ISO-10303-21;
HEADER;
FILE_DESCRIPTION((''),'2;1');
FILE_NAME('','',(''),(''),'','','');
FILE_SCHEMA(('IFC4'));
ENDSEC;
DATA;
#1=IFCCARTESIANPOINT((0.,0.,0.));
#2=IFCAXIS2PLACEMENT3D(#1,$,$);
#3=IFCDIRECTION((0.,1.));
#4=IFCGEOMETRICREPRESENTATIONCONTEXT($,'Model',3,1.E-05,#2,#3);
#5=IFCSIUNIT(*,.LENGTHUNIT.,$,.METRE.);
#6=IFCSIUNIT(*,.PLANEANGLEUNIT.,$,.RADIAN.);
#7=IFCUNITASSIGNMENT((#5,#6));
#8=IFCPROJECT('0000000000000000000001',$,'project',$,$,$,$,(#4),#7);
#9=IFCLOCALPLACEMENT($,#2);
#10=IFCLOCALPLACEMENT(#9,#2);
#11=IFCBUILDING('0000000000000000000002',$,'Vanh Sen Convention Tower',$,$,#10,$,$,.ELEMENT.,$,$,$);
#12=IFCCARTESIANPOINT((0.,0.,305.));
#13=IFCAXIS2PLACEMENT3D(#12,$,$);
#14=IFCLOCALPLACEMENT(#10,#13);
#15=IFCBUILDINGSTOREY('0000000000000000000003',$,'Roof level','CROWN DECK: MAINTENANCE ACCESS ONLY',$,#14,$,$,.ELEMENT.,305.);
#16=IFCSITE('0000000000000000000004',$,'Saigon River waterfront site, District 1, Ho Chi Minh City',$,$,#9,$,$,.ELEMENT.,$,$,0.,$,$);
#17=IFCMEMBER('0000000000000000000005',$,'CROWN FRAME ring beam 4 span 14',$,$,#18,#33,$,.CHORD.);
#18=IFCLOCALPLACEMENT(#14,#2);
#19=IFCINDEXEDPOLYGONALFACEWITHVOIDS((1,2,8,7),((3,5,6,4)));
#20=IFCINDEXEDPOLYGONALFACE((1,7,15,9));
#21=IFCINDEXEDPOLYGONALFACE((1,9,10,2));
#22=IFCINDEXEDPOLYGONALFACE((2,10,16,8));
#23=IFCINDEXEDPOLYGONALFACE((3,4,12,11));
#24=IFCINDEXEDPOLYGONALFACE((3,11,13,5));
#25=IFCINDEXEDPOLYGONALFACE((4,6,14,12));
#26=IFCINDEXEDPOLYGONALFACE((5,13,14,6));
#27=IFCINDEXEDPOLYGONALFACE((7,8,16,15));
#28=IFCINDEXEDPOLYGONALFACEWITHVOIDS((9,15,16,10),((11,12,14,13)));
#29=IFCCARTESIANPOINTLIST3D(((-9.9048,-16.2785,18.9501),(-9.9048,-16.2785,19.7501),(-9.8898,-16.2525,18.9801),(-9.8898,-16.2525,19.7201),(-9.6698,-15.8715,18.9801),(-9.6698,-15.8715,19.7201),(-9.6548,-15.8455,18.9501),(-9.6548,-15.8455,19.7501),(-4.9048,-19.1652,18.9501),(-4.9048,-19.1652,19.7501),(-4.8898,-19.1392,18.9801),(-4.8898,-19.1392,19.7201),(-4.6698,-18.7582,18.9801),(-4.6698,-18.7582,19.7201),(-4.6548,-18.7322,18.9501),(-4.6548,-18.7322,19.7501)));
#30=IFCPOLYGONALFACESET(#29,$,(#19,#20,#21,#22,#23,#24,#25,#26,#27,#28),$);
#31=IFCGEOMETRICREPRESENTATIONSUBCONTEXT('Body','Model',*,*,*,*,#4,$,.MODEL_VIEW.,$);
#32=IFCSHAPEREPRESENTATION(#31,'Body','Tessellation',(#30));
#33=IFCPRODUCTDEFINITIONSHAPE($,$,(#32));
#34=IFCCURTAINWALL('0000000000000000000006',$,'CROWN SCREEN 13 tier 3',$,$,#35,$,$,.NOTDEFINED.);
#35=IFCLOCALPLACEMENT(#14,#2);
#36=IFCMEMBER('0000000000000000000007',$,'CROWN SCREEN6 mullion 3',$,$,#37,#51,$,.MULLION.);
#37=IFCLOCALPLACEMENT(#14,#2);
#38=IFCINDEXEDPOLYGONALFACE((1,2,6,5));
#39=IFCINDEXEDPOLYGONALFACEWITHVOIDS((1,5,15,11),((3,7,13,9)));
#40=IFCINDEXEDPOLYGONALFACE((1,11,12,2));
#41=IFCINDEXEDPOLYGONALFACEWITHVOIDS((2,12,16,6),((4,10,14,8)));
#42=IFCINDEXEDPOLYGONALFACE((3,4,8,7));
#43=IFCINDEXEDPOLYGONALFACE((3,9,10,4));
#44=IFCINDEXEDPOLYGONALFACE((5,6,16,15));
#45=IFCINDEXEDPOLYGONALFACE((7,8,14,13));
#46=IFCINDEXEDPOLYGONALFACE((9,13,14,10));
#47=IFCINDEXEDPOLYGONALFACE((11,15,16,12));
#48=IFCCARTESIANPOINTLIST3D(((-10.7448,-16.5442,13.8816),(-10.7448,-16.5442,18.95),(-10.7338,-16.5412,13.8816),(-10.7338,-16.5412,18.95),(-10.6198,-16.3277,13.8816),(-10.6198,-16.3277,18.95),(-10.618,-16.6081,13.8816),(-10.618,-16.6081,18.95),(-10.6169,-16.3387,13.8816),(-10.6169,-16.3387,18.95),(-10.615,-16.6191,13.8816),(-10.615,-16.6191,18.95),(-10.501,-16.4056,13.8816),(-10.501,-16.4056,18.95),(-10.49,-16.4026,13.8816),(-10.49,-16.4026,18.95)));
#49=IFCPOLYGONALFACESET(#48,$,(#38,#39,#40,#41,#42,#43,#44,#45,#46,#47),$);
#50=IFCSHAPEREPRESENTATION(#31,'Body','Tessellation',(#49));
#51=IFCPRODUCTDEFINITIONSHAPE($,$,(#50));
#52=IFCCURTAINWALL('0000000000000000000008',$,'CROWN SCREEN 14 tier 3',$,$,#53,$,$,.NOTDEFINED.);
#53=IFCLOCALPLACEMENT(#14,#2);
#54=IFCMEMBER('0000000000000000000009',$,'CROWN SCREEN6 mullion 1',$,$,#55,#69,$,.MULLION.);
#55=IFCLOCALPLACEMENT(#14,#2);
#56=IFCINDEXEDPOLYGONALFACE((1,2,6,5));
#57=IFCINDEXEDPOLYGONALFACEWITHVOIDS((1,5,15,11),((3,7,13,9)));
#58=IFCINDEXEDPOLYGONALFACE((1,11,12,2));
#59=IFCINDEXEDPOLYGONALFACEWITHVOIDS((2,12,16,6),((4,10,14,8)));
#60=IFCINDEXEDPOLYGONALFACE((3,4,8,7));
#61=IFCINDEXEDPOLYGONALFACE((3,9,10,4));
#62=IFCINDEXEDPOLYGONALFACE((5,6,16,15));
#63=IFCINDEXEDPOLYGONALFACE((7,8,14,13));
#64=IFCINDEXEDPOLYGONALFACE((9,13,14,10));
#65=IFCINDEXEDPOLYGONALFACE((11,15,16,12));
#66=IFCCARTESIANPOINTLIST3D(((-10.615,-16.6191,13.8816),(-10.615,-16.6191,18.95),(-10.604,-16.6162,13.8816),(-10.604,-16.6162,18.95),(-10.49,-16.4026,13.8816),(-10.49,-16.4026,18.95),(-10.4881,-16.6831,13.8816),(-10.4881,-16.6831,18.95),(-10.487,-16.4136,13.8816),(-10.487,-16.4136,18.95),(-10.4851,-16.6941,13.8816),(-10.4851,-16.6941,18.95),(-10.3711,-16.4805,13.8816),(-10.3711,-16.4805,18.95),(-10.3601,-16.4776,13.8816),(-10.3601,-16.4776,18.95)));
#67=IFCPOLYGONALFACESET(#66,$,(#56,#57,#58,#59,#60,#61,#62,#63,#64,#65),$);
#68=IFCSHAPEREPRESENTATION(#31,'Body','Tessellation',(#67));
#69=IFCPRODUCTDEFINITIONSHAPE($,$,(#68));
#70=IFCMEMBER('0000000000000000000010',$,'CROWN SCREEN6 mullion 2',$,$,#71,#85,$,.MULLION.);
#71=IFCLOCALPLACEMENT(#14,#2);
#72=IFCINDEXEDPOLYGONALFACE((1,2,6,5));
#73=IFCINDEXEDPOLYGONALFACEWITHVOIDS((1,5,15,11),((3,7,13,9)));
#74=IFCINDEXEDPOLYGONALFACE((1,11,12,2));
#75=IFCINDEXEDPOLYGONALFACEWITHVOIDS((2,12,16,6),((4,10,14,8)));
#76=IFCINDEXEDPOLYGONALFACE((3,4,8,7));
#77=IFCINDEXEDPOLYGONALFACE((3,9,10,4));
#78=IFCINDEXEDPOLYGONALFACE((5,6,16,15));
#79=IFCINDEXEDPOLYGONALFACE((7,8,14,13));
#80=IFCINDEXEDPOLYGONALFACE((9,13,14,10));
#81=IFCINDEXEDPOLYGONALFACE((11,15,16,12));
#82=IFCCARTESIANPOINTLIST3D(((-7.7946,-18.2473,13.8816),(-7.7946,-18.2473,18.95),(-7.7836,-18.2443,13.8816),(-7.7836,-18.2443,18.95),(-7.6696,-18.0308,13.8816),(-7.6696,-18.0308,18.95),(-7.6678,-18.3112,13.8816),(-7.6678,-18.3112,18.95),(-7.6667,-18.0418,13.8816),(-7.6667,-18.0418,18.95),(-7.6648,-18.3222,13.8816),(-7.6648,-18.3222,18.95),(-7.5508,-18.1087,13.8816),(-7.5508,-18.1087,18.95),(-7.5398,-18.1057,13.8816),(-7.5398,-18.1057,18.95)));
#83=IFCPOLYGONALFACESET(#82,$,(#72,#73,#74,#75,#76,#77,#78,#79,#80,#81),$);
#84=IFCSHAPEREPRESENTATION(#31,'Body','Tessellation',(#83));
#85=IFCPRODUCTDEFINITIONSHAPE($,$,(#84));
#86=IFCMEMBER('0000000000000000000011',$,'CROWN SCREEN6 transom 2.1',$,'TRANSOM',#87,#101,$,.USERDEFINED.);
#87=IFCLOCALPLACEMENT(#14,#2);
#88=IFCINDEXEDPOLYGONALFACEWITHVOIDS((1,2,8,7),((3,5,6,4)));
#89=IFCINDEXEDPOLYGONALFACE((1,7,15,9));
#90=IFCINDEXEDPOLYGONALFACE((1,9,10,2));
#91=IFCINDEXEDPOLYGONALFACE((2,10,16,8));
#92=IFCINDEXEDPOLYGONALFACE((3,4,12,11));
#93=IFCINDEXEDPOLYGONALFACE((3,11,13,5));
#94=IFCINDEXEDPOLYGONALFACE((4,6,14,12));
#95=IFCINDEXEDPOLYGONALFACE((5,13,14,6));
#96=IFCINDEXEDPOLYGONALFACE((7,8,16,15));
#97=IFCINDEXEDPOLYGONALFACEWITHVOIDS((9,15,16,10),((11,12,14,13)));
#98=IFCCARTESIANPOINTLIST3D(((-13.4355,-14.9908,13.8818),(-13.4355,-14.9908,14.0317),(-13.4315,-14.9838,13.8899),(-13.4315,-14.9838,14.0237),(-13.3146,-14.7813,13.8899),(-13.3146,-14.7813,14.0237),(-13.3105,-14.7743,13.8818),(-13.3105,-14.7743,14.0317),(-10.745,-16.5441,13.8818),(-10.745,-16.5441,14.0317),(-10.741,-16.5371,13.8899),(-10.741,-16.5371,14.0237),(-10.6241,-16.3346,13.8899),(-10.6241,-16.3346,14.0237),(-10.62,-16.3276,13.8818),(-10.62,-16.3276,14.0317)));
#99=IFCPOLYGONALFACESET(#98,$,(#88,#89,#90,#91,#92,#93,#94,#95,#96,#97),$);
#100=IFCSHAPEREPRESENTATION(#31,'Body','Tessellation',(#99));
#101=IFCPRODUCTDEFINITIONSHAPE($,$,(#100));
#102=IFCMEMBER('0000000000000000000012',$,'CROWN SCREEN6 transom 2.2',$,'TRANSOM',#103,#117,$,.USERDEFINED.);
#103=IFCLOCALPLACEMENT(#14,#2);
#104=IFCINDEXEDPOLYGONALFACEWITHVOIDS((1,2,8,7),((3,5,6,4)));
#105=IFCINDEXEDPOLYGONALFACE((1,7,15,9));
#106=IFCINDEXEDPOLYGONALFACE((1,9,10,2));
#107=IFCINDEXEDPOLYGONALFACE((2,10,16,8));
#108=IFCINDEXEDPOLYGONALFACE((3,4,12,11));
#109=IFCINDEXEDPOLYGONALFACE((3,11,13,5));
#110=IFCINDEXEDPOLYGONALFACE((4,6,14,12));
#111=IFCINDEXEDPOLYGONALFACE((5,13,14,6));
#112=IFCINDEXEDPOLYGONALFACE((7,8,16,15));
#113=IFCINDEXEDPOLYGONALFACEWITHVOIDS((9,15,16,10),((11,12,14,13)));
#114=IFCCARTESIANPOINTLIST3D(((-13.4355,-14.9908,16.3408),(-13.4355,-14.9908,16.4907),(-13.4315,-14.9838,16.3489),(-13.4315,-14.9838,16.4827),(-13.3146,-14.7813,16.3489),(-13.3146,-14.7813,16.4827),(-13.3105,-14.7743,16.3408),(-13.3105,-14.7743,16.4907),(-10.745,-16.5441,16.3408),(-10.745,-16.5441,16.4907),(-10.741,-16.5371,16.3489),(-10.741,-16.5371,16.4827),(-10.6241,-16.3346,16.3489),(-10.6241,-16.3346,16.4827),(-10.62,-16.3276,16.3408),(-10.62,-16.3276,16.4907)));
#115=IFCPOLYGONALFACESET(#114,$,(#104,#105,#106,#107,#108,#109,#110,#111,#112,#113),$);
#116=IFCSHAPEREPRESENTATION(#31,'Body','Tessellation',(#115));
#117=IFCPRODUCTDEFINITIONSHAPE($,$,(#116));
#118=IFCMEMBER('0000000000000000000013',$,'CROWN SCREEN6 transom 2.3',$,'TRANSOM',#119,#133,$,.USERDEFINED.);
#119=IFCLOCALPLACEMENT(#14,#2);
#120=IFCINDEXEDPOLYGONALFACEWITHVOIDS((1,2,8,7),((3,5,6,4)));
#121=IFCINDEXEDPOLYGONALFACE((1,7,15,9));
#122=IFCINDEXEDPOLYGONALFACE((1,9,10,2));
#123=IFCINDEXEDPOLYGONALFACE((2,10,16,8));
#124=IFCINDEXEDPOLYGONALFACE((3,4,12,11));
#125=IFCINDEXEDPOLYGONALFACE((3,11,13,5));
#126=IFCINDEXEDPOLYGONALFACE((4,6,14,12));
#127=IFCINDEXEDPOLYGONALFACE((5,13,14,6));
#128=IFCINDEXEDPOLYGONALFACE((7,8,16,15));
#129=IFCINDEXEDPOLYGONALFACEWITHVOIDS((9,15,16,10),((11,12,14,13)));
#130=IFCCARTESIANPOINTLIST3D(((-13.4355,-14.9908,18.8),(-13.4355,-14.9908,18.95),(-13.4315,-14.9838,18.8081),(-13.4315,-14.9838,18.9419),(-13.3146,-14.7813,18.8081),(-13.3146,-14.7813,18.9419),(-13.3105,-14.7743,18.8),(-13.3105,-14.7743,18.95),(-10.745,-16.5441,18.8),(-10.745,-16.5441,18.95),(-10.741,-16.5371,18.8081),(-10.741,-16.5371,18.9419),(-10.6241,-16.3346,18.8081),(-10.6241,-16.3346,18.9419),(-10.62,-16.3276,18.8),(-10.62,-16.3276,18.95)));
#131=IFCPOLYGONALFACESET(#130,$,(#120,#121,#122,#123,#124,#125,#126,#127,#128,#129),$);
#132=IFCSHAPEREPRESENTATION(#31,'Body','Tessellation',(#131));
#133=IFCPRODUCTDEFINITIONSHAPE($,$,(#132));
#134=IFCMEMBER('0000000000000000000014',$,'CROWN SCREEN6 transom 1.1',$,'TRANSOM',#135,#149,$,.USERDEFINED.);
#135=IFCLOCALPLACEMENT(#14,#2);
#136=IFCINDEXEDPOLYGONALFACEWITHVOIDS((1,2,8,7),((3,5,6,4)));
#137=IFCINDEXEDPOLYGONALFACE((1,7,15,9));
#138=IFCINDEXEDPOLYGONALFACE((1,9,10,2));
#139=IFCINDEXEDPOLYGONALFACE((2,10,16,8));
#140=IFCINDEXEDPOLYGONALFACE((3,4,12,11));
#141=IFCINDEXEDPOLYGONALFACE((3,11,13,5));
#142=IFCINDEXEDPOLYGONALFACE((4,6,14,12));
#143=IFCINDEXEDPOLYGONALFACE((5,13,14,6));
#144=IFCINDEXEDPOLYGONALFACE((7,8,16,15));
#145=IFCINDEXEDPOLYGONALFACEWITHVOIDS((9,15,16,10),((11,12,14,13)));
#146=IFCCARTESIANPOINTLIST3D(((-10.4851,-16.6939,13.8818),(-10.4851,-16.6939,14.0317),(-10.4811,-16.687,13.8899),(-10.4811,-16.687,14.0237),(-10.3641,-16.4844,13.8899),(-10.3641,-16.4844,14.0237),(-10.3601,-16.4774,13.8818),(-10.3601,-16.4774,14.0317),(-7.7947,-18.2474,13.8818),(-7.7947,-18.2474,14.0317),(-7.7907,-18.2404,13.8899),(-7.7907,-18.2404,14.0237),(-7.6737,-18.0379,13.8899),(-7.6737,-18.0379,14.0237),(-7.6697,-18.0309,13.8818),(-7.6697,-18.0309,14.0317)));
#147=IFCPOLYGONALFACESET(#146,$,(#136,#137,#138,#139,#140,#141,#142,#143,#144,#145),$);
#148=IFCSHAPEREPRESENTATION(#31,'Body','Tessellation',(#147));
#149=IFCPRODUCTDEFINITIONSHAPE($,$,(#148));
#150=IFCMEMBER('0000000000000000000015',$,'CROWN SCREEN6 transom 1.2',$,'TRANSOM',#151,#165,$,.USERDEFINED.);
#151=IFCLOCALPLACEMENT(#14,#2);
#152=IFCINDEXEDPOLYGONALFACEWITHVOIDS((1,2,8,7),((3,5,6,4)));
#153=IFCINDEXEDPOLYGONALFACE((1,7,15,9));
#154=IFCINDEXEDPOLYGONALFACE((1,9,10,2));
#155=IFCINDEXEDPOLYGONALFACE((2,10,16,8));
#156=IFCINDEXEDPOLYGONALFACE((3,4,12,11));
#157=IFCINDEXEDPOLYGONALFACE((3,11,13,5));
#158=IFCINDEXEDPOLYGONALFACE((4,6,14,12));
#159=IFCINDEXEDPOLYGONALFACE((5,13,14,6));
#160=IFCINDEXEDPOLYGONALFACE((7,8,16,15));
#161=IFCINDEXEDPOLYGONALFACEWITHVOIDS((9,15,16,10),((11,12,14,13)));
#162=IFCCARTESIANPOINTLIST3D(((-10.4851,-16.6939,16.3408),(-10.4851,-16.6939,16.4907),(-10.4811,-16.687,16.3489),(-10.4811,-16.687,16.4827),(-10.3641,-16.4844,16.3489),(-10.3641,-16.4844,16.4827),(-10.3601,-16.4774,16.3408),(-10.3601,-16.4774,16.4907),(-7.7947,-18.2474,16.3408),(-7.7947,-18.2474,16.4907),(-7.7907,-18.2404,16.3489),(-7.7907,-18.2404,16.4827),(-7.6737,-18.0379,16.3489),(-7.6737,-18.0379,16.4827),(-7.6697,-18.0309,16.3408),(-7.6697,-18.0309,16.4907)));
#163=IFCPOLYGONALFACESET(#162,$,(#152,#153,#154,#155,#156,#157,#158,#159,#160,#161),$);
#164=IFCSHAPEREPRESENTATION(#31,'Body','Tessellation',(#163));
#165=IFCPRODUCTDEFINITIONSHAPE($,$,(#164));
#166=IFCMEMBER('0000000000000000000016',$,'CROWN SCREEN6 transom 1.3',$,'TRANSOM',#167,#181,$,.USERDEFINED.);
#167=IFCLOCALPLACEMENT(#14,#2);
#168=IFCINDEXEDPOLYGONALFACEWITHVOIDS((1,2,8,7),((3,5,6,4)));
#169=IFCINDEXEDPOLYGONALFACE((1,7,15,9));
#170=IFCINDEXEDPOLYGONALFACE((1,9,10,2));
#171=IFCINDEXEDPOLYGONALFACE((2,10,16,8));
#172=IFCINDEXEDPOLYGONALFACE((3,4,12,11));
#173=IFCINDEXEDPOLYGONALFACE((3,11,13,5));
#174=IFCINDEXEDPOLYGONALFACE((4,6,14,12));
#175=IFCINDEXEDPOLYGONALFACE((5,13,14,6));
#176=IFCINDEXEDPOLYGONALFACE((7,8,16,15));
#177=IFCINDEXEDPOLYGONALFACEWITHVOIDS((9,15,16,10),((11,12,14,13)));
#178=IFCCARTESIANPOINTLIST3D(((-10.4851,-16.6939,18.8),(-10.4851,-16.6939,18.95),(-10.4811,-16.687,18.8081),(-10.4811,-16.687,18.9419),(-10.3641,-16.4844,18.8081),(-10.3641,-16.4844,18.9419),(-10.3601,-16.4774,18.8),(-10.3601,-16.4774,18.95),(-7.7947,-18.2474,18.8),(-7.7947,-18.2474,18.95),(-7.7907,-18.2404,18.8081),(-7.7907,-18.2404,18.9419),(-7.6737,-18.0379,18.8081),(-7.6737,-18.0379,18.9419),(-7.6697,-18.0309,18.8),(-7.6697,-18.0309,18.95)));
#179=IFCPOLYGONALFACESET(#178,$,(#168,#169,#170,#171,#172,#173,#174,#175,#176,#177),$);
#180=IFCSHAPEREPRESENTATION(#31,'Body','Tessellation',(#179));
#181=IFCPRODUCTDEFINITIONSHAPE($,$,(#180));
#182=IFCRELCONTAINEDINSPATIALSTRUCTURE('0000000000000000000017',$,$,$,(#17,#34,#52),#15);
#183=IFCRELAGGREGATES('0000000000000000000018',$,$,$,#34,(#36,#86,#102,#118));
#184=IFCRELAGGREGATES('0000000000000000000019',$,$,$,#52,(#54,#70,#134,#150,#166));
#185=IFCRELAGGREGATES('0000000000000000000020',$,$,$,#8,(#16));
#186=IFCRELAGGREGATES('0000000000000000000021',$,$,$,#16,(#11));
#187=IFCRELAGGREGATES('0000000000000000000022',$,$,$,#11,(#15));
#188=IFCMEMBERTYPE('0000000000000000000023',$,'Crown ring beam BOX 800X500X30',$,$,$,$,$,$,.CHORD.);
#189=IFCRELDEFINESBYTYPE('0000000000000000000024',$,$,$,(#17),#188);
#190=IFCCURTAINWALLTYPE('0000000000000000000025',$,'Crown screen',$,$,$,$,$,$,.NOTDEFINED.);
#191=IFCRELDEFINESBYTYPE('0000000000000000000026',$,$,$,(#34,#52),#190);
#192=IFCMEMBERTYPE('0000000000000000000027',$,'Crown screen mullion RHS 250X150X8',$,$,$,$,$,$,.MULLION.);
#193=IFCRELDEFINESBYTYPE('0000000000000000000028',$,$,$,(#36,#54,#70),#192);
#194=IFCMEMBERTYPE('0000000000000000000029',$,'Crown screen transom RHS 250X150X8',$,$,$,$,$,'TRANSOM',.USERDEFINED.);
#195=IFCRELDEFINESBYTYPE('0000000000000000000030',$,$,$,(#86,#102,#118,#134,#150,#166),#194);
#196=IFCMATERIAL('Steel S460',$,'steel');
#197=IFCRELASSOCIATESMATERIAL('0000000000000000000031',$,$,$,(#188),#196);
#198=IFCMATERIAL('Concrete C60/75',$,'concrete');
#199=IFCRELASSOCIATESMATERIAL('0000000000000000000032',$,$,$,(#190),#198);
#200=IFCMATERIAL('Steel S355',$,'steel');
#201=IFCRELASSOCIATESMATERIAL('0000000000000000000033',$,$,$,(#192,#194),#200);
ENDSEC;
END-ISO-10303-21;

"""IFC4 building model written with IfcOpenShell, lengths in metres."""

from ifc_helpers import new_model, si_unit, direction, frame, origin, origin_2d, place, context, subcontext, project, spatial, hollow_rectangle, extrude, material, material_profile, profile_set, type_object, element, aggregate, save


model = new_model("IFC4")

# Units and contexts
model_context = context("Model", 3, precision=1e-05, world=origin(), true_north=direction((0.0, 1.0)))
body_context = subcontext(model_context, "Body", "Model", "MODEL_VIEW")
ifc_project = project(units=[si_unit("LENGTHUNIT", "METRE"), si_unit("PLANEANGLEUNIT", "RADIAN")], contexts=[model_context])

# Site, building, storey
site_placement = place(None, origin())
site = spatial("IfcSite", under=ifc_project, at=site_placement, Name="Saigon River waterfront site, District 1, Ho Chi Minh City", CompositionType="ELEMENT", RefElevation=0.0)
building_placement = place(site_placement, origin())
building = spatial("IfcBuilding", under=site, at=building_placement, Name="Vanh Sen Convention Tower", CompositionType="ELEMENT")
storey_placement = place(building_placement, frame((0.0, 0.0, 305.0)))
storey = spatial("IfcBuildingStorey", under=building, at=storey_placement, Name="Roof level", Description="CROWN DECK: MAINTENANCE ACCESS ONLY", CompositionType="ELEMENT", Elevation=305.0)

# Member
ifc_material_1 = material(Name="Steel S460", Category="steel")
ifc_material_profile_1 = material_profile(ifc_material_1, hollow_rectangle(XDim=0.5, YDim=0.8, WallThickness=0.03, at=origin_2d()), Name="BOX 800X500X30")
ifc_profile_set_1 = profile_set([ifc_material_profile_1], Name="Steel S460")
member_type_1 = type_object("IfcMemberType", Name="Crown ring beam BOX 800X500X30", PredefinedType="CHORD", material=ifc_profile_set_1)
member_1_placement = place(storey_placement, frame((-9.7798, -16.062, 19.3501), z_axis=(0.866028, -0.499996, 0.0), x_axis=(0.499996, 0.866028, 0.0)))
element("IfcMember", 1, at=member_1_placement, inside=storey, type_object=member_type_1, Name="CROWN FRAME ring beam 4 span 14", PredefinedType="CHORD", context=body_context, shape_type="SweptSolid", body=[
    extrude(hollow_rectangle(XDim=0.5, YDim=0.8, WallThickness=0.03, at=origin_2d()), origin(), (0.0, 0.0, 1.0), 5.7734),
])

# Curtain wall, member
ifc_material_2 = material(Name="Concrete C60/75", Category="concrete")
curtain_wall_type = type_object("IfcCurtainWallType", Name="Crown screen", PredefinedType="NOTDEFINED", material=ifc_material_2)
curtain_wall_1_placement = place(storey_placement, origin())
curtain_wall_1 = element("IfcCurtainWall", 2, at=curtain_wall_1_placement, inside=storey, type_object=curtain_wall_type, Name="CROWN SCREEN 13 tier 3", PredefinedType="NOTDEFINED")
ifc_material_3 = material(Name="Steel S355", Category="steel")
ifc_material_profile_2 = material_profile(ifc_material_3, hollow_rectangle(XDim=0.25, YDim=0.1499, WallThickness=0.0081, at=origin_2d()), Name="RHS 250X150X8")
ifc_profile_set_2 = profile_set([ifc_material_profile_2], Name="Steel S355")
member_type_2 = type_object("IfcMemberType", Name="Crown screen mullion RHS 250X150X8", PredefinedType="MULLION", material=ifc_profile_set_2)
member_2_placement = place(storey_placement, frame((-10.6174, -16.4734, 13.8816), z_axis=(0.0, 0.0, 1.0), x_axis=(0.500005, 0.866023, 0.0)))
member_2 = element("IfcMember", 3, at=member_2_placement, type_object=member_type_2, Name="CROWN SCREEN6 mullion 3", PredefinedType="MULLION", context=body_context, shape_type="SweptSolid", body=[
    extrude(hollow_rectangle(XDim=0.25, YDim=0.1499, WallThickness=0.0081, at=origin_2d()), origin(), (0.0, 0.0, 1.0), 5.0684),
])

# Curtain wall, members
curtain_wall_2_placement = place(storey_placement, origin())
curtain_wall_2 = element("IfcCurtainWall", 4, at=curtain_wall_2_placement, inside=storey, type_object=curtain_wall_type, Name="CROWN SCREEN 14 tier 3", PredefinedType="NOTDEFINED")
member_3_placement = place(storey_placement, frame((-10.4875, -16.5483, 13.8816), z_axis=(0.0, 0.0, 1.0), x_axis=(0.499994, 0.866029, 0.0)))
member_3 = element("IfcMember", 5, at=member_3_placement, type_object=member_type_2, Name="CROWN SCREEN6 mullion 1", PredefinedType="MULLION", context=body_context, shape_type="SweptSolid", body=[
    extrude(hollow_rectangle(XDim=0.25, YDim=0.1499, WallThickness=0.0081, at=origin_2d()), origin(), (0.0, 0.0, 1.0), 5.0684),
])
member_4_placement = place(storey_placement, frame((-7.6672, -18.1765, 13.8816), z_axis=(0.0, 0.0, 1.0), x_axis=(0.499994, 0.866029, 0.0)))
member_4 = element("IfcMember", 6, at=member_4_placement, type_object=member_type_2, Name="CROWN SCREEN6 mullion 2", PredefinedType="MULLION", context=body_context, shape_type="SweptSolid", body=[
    extrude(hollow_rectangle(XDim=0.25, YDim=0.1499, WallThickness=0.0081, at=origin_2d()), origin(), (0.0, 0.0, 1.0), 5.0684),
])

# Members
ifc_material_profile_3 = material_profile(ifc_material_3, hollow_rectangle(XDim=0.25, YDim=0.1499, WallThickness=0.0081, at=origin_2d()), Name="RHS 250X150X8")
ifc_profile_set_3 = profile_set([ifc_material_profile_3], Name="Steel S355")
member_type_3 = type_object("IfcMemberType", Name="Crown screen transom RHS 250X150X8", ElementType="TRANSOM", PredefinedType="USERDEFINED", material=ifc_profile_set_3)
member_5_placement = place(storey_placement, frame((-13.373, -14.8826, 13.9568), z_axis=(0.866039, -0.499976, 0.0), x_axis=(0.499976, 0.866039, 0.0)))
member_5 = element("IfcMember", 7, at=member_5_placement, type_object=member_type_3, Name="CROWN SCREEN6 transom 2.1", ObjectType="TRANSOM", PredefinedType="USERDEFINED", context=body_context, shape_type="SweptSolid", body=[
    extrude(hollow_rectangle(XDim=0.25, YDim=0.1499, WallThickness=0.0081, at=origin_2d()), origin(), (0.0, 0.0, 1.0), 3.1067),
])
member_6_placement = place(storey_placement, frame((-13.373, -14.8826, 16.4158), z_axis=(0.866039, -0.499976, 0.0), x_axis=(0.499976, 0.866039, 0.0)))
member_6 = element("IfcMember", 8, at=member_6_placement, type_object=member_type_3, Name="CROWN SCREEN6 transom 2.2", ObjectType="TRANSOM", PredefinedType="USERDEFINED", context=body_context, shape_type="SweptSolid", body=[
    extrude(hollow_rectangle(XDim=0.25, YDim=0.1499, WallThickness=0.0081, at=origin_2d()), origin(), (0.0, 0.0, 1.0), 3.1067),
])
member_7_placement = place(storey_placement, frame((-13.373, -14.8826, 18.875), z_axis=(0.866039, -0.499976, 0.0), x_axis=(0.499976, 0.866039, 0.0)))
member_7 = element("IfcMember", 9, at=member_7_placement, type_object=member_type_3, Name="CROWN SCREEN6 transom 2.3", ObjectType="TRANSOM", PredefinedType="USERDEFINED", context=body_context, shape_type="SweptSolid", body=[
    extrude(hollow_rectangle(XDim=0.25, YDim=0.1499, WallThickness=0.0081, at=origin_2d()), origin(), (0.0, 0.0, 1.0), 3.1067),
])
member_8_placement = place(storey_placement, frame((-10.4226, -16.5857, 13.9568), z_axis=(0.866005, -0.500035, 0.0), x_axis=(0.500035, 0.866005, 0.0)))
member_8 = element("IfcMember", 10, at=member_8_placement, type_object=member_type_3, Name="CROWN SCREEN6 transom 1.1", ObjectType="TRANSOM", PredefinedType="USERDEFINED", context=body_context, shape_type="SweptSolid", body=[
    extrude(hollow_rectangle(XDim=0.25, YDim=0.1499, WallThickness=0.0081, at=origin_2d()), origin(), (0.0, 0.0, 1.0), 3.1067),
])
member_9_placement = place(storey_placement, frame((-10.4226, -16.5857, 16.4158), z_axis=(0.866005, -0.500035, 0.0), x_axis=(0.500035, 0.866005, 0.0)))
member_9 = element("IfcMember", 11, at=member_9_placement, type_object=member_type_3, Name="CROWN SCREEN6 transom 1.2", ObjectType="TRANSOM", PredefinedType="USERDEFINED", context=body_context, shape_type="SweptSolid", body=[
    extrude(hollow_rectangle(XDim=0.25, YDim=0.1499, WallThickness=0.0081, at=origin_2d()), origin(), (0.0, 0.0, 1.0), 3.1067),
])
member_10_placement = place(storey_placement, frame((-10.4226, -16.5857, 18.875), z_axis=(0.866005, -0.500035, 0.0), x_axis=(0.500035, 0.866005, 0.0)))
member_10 = element("IfcMember", 12, at=member_10_placement, type_object=member_type_3, Name="CROWN SCREEN6 transom 1.3", ObjectType="TRANSOM", PredefinedType="USERDEFINED", context=body_context, shape_type="SweptSolid", body=[
    extrude(hollow_rectangle(XDim=0.25, YDim=0.1499, WallThickness=0.0081, at=origin_2d()), origin(), (0.0, 0.0, 1.0), 3.1067),
])

aggregate(curtain_wall_1, [member_2, member_5, member_6, member_7])
aggregate(curtain_wall_2, [member_3, member_4, member_8, member_9, member_10])

save(model, "model.ifc")
